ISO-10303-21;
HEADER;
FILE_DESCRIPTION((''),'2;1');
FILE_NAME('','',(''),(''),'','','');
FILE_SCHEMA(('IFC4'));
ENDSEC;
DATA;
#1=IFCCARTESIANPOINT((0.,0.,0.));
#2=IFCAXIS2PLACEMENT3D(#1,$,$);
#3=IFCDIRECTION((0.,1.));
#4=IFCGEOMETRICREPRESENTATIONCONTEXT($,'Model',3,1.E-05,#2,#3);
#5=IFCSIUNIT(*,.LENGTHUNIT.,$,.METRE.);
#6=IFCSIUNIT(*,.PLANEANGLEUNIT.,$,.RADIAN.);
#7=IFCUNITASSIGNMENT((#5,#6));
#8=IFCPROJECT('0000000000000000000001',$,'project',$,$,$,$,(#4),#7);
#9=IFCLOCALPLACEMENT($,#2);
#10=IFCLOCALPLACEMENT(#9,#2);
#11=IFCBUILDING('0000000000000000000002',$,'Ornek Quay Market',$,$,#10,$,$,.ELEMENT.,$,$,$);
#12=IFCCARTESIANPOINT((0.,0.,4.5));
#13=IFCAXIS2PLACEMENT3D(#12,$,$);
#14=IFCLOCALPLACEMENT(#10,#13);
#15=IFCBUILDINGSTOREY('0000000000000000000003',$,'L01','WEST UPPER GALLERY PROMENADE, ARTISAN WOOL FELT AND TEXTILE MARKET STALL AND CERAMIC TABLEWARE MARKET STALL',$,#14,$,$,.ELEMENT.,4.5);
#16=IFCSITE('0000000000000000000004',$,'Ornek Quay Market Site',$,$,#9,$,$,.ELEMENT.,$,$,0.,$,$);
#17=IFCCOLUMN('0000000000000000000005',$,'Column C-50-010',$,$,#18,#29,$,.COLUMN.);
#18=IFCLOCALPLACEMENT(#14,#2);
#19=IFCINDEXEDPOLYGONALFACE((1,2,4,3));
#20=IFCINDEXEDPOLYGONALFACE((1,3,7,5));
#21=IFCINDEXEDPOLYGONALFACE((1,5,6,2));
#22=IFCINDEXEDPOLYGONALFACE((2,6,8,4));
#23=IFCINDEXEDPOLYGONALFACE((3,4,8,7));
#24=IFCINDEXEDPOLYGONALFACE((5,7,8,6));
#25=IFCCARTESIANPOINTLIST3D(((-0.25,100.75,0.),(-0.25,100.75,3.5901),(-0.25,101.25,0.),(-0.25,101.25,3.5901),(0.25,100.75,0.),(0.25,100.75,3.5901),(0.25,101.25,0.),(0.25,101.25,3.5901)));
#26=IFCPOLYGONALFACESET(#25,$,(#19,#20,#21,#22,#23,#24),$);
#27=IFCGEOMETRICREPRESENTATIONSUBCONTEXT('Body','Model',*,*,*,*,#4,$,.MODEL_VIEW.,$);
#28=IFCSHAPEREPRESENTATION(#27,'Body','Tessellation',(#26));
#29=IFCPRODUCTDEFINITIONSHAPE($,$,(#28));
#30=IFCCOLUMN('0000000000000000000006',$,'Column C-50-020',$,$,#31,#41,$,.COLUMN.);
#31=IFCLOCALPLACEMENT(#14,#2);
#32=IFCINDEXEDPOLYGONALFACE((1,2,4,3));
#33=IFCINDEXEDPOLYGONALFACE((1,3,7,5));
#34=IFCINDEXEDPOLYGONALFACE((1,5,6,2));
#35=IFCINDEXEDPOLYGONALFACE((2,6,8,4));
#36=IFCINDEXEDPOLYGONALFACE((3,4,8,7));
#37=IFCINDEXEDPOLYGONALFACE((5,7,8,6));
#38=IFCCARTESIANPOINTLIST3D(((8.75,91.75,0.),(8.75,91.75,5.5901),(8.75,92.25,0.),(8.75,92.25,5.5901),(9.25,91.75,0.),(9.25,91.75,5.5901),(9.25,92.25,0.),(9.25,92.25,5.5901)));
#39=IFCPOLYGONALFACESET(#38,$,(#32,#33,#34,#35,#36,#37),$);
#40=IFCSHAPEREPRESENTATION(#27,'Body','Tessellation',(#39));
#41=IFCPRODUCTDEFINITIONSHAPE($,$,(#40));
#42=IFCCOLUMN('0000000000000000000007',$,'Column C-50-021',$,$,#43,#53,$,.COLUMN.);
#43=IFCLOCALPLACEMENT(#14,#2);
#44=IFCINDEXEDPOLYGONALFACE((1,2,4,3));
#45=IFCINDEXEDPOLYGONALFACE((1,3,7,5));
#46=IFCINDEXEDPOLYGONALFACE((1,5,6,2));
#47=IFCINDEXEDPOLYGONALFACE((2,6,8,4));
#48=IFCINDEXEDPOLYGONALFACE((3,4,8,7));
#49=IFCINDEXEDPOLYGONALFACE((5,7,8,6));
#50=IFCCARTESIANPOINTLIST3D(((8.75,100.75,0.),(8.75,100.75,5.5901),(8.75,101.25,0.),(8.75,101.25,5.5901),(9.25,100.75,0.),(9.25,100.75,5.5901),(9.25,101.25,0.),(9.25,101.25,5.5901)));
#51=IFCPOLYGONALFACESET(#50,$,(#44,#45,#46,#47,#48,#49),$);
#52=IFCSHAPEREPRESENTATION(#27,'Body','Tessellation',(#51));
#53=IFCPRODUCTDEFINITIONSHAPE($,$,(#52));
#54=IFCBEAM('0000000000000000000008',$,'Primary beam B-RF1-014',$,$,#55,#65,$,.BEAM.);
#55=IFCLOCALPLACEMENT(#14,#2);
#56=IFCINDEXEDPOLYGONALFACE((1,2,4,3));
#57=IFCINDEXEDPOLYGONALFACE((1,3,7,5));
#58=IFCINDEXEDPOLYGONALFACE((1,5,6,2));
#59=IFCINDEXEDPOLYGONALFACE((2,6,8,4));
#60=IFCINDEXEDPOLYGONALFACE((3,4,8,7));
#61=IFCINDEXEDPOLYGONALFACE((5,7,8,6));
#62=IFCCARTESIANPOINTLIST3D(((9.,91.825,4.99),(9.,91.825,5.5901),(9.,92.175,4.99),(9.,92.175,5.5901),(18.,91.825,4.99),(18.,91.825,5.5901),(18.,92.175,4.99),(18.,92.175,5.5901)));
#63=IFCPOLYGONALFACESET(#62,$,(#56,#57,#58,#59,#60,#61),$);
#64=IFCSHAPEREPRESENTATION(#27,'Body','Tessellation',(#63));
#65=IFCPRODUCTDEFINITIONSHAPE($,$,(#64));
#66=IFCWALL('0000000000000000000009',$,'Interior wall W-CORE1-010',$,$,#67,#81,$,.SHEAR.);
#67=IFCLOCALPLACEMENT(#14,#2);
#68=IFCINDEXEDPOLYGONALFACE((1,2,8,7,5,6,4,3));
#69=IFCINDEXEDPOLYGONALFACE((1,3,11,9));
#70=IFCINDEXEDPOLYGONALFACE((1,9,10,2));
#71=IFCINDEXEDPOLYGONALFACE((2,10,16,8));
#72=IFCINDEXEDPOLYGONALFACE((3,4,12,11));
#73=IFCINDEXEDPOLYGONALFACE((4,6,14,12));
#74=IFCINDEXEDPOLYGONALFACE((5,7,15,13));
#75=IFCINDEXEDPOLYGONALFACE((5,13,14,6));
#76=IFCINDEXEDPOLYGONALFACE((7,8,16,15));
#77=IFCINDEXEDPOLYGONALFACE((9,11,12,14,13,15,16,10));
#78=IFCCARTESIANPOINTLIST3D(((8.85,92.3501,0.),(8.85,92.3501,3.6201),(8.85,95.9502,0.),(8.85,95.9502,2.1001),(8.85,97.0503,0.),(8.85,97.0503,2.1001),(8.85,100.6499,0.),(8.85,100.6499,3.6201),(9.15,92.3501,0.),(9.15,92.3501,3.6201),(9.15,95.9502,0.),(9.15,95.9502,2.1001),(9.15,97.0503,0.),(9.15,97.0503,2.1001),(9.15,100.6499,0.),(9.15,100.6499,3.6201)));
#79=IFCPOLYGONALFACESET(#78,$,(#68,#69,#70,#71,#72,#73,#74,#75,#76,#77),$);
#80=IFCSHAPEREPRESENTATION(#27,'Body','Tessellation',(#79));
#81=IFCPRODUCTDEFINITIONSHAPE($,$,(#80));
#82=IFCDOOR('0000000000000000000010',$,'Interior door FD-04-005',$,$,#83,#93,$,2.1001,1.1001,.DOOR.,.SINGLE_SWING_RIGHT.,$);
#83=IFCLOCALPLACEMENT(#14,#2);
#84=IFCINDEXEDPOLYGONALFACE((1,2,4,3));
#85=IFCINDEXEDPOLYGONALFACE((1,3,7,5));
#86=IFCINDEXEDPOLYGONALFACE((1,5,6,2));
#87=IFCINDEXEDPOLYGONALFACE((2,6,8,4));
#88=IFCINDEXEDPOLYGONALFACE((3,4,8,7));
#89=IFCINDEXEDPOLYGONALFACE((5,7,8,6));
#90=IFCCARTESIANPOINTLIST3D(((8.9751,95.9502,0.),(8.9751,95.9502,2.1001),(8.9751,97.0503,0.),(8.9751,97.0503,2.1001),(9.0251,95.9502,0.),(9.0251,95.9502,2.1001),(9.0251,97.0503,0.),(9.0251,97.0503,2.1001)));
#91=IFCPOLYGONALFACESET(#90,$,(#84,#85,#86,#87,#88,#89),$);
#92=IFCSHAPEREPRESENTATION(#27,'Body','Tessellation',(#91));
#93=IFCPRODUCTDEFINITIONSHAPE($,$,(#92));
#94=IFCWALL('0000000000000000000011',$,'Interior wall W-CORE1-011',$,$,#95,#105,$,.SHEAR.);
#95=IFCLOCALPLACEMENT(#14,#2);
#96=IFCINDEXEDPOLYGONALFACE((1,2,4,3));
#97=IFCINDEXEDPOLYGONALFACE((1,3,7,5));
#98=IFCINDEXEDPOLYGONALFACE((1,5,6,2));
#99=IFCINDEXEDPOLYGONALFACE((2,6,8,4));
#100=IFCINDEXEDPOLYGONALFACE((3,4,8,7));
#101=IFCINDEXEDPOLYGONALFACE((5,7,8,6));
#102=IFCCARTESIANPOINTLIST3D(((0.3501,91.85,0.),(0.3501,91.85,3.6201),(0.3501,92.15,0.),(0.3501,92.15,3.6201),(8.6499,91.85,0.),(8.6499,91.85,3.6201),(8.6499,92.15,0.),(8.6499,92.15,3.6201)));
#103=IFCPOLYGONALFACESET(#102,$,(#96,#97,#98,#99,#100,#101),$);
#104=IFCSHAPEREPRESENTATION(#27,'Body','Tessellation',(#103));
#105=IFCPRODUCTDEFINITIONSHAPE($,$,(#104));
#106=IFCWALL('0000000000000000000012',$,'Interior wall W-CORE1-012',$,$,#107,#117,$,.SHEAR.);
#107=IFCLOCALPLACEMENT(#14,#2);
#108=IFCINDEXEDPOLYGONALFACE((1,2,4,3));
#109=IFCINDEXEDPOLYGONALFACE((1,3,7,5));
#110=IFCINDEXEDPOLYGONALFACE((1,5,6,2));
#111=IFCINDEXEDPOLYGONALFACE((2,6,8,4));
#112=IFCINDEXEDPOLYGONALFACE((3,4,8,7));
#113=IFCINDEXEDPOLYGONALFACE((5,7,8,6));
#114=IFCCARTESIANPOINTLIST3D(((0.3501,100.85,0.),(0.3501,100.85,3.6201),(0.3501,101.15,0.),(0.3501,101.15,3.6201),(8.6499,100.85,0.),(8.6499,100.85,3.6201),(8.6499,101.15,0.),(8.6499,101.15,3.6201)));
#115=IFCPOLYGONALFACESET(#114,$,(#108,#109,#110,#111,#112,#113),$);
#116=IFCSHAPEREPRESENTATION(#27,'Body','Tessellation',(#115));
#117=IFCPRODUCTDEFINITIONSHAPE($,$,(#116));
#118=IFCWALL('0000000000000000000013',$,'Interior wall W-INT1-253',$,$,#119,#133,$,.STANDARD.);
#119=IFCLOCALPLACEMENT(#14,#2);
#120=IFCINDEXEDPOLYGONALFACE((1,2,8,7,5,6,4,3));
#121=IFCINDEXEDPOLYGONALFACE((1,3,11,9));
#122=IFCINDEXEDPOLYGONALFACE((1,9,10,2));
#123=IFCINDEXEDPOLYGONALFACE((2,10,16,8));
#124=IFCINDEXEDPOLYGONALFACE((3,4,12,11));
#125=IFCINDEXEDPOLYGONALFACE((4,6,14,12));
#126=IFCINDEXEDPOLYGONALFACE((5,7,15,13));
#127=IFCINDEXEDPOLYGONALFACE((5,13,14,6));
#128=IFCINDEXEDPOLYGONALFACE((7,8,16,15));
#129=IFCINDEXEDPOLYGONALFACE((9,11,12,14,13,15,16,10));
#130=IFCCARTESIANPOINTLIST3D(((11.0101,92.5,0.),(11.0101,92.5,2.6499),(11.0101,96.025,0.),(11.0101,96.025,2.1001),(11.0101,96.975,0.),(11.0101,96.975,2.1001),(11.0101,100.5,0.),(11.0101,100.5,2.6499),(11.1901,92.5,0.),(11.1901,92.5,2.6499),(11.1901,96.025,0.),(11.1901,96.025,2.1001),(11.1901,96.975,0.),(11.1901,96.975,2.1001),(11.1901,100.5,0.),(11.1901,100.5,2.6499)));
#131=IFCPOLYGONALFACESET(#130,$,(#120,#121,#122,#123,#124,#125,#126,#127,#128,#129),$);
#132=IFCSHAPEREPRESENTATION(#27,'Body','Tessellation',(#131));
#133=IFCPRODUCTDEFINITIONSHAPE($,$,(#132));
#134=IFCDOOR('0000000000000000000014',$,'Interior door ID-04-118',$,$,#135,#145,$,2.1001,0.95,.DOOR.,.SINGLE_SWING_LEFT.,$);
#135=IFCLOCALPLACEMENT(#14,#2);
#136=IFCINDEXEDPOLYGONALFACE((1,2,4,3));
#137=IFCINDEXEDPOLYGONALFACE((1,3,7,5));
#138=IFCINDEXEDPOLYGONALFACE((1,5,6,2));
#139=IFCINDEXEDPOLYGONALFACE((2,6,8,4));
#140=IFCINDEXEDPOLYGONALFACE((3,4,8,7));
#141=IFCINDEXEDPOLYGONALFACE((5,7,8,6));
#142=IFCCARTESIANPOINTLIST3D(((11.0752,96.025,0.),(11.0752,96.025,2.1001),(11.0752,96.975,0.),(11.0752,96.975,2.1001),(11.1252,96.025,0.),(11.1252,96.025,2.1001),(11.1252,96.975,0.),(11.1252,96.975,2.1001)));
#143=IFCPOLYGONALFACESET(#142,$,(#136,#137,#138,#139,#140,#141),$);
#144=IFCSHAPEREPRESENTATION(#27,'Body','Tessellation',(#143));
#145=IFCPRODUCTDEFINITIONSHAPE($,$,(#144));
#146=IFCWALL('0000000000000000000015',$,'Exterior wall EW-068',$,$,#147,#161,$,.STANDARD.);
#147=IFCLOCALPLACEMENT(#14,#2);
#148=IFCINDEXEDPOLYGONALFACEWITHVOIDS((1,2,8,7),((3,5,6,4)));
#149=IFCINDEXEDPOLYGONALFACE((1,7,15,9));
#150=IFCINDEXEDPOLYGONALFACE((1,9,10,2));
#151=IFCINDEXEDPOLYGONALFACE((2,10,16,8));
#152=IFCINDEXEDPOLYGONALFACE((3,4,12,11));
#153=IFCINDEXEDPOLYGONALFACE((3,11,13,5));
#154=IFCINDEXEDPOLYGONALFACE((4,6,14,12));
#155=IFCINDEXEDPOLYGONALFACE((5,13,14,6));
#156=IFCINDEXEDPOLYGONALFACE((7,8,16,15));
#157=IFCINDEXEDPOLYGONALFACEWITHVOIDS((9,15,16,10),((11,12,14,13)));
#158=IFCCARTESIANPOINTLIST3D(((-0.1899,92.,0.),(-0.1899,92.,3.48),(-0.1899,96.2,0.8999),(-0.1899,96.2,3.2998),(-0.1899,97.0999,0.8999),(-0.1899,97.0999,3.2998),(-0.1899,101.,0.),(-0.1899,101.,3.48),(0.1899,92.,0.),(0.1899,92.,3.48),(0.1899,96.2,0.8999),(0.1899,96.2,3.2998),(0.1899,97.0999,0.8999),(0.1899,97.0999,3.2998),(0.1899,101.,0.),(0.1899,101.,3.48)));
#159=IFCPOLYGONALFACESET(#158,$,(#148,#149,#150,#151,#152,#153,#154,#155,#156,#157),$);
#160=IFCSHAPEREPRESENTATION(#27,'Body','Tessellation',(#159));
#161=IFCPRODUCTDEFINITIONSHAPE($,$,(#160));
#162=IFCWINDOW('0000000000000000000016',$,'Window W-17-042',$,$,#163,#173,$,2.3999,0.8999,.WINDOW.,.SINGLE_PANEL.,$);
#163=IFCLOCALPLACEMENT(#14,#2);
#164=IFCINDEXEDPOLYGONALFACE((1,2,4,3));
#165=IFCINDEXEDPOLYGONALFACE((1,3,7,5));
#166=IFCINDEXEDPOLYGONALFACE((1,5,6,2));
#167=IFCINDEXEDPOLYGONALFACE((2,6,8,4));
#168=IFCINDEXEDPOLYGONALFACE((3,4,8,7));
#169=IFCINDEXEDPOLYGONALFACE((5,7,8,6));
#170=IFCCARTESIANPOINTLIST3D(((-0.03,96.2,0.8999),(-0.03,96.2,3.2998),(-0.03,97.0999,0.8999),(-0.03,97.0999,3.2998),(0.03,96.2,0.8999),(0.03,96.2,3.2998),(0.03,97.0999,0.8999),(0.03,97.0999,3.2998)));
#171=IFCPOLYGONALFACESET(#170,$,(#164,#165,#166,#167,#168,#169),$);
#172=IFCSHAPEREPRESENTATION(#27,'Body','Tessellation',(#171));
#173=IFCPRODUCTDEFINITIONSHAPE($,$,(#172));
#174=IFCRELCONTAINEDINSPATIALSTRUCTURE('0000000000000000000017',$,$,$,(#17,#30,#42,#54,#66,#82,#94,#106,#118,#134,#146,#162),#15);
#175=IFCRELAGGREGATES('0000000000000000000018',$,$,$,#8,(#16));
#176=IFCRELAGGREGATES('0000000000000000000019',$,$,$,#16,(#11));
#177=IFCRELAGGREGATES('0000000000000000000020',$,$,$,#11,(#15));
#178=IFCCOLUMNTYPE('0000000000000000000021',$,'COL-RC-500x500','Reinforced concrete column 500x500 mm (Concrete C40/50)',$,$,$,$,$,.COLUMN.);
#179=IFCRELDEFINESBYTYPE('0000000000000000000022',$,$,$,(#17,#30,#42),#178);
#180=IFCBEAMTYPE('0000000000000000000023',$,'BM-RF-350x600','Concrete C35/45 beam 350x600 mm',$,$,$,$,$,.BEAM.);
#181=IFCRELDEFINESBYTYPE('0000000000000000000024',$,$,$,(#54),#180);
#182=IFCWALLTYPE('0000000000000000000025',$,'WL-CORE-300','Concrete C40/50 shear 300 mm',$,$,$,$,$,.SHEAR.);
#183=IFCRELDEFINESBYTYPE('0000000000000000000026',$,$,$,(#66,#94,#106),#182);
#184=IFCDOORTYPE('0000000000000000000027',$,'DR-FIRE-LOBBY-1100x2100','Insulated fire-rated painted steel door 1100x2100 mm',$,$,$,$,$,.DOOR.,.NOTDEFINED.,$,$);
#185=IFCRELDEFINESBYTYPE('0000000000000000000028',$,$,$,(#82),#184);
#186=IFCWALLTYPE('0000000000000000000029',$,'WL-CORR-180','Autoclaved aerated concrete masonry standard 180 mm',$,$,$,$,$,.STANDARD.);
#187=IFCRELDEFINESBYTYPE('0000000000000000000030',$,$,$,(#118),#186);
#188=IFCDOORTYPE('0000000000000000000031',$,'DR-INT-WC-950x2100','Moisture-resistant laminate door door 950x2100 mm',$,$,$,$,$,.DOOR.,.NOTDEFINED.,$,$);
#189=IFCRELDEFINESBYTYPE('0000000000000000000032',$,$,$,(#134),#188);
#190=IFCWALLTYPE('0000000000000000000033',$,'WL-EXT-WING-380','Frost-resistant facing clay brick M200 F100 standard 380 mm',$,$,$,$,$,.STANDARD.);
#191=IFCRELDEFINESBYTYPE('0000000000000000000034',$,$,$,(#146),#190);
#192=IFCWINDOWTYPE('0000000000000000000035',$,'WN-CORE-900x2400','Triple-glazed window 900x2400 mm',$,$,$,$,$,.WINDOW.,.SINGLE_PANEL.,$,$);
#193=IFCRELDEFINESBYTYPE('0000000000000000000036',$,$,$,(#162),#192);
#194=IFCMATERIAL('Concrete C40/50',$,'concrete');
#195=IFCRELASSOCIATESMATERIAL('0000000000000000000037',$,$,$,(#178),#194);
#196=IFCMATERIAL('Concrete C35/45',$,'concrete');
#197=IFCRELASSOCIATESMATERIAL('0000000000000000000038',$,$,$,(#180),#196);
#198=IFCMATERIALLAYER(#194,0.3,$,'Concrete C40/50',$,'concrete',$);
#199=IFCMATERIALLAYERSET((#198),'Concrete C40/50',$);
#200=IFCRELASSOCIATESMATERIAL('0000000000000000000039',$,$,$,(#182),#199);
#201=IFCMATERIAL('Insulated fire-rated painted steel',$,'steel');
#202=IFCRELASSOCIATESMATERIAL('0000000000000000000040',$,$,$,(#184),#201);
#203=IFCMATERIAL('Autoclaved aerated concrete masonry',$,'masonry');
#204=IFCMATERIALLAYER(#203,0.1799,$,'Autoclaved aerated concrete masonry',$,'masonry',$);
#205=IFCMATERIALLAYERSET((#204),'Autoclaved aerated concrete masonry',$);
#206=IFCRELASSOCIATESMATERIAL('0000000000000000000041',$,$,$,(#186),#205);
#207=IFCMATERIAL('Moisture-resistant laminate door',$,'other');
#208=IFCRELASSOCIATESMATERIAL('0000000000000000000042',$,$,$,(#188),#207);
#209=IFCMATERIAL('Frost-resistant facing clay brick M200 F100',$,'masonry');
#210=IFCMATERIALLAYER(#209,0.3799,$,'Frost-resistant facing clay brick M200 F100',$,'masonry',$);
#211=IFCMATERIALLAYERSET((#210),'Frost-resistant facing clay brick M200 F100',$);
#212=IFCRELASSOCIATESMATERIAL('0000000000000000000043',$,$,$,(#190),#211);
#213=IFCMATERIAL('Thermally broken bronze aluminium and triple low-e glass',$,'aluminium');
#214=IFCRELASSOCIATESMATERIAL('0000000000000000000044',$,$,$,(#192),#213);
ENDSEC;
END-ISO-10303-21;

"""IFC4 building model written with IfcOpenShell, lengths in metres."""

from ifc_helpers import new_model, si_unit, direction, frame, frame_2d, origin, origin_2d, place, context, subcontext, project, spatial, rectangle, extrude, material, layer, layer_set, material_profile, profile_set, type_object, element, fill, save


model = new_model("IFC4")

# Units and contexts
model_context = context("Model", 3, precision=1e-05, world=origin(), true_north=direction((0.0, 1.0)))
body_context = subcontext(model_context, "Body", "Model", "MODEL_VIEW")
ifc_project = project(units=[si_unit("LENGTHUNIT", "METRE"), si_unit("PLANEANGLEUNIT", "RADIAN")], contexts=[model_context])

# Site, building, storey
site_placement = place(None, origin())
site = spatial("IfcSite", under=ifc_project, at=site_placement, Name="Ornek Quay Market Site", CompositionType="ELEMENT", RefElevation=0.0)
building_placement = place(site_placement, origin())
building = spatial("IfcBuilding", under=site, at=building_placement, Name="Ornek Quay Market", CompositionType="ELEMENT")
storey_placement = place(building_placement, frame((0.0, 0.0, 4.5)))
storey = spatial("IfcBuildingStorey", under=building, at=storey_placement, Name="L01", Description="WEST UPPER GALLERY PROMENADE, ARTISAN WOOL FELT AND TEXTILE MARKET STALL AND CERAMIC TABLEWARE MARKET STALL", CompositionType="ELEMENT", Elevation=4.5)

# Columns
ifc_material_1 = material(Name="Concrete C40/50", Category="concrete")
ifc_material_profile_1 = material_profile(ifc_material_1, rectangle(XDim=0.5, YDim=0.5, at=origin_2d()), Name="RC 500x500", Category="concrete")
ifc_profile_set_1 = profile_set([ifc_material_profile_1], Name="Concrete C40/50")
column_type = type_object("IfcColumnType", Name="COL-RC-500x500", Description="Reinforced concrete column 500x500 mm (Concrete C40/50)", PredefinedType="COLUMN", material=ifc_profile_set_1)
column_placement = place(storey_placement, frame((0.0, 101.0, 0.0), z_axis=(0.0, 0.0, 1.0), x_axis=(1.0, 0.0, 0.0)))
element("IfcColumn", 1, at=column_placement, inside=storey, type_object=column_type, Name="Column C-50-010", PredefinedType="COLUMN", context=body_context, shape_type="SweptSolid", body=[
    extrude(rectangle(XDim=0.5, YDim=0.5, at=origin_2d()), origin(), (0.0, 0.0, 1.0), 3.5901),
])
for number, where, z_axis, x_axis, name in (
    (2, (9.0, 92.0, 0.0), (0.0, 0.0, 1.0), (1.0, 0.0, 0.0), "Column C-50-020"),
    (3, (9.0, 101.0, 0.0), (0.0, 0.0, 1.0), (1.0, 0.0, 0.0), "Column C-50-021"),
):
    element("IfcColumn", number, at=place(storey_placement, frame(where, z_axis=z_axis, x_axis=x_axis)), inside=storey, type_object=column_type, Name=name, PredefinedType="COLUMN", context=body_context, shape_type="SweptSolid", body=[
        extrude(rectangle(XDim=0.5, YDim=0.5, at=origin_2d()), origin(), (0.0, 0.0, 1.0), 5.5901),
    ])

# Beam
ifc_material_2 = material(Name="Concrete C35/45", Category="concrete")
ifc_material_profile_2 = material_profile(ifc_material_2, rectangle(XDim=0.3501, YDim=0.6001, at=origin_2d()), Name="RC 350x600", Category="concrete")
ifc_profile_set_2 = profile_set([ifc_material_profile_2], Name="Concrete C35/45")
beam_type = type_object("IfcBeamType", Name="BM-RF-350x600", Description="Concrete C35/45 beam 350x600 mm", PredefinedType="BEAM", material=ifc_profile_set_2)
beam_placement = place(storey_placement, frame((9.0, 92.0, 5.29), z_axis=(1.0, 0.0, 0.0), x_axis=(0.0, 1.0, 0.0)))
element("IfcBeam", 4, at=beam_placement, inside=storey, type_object=beam_type, Name="Primary beam B-RF1-014", PredefinedType="BEAM", context=body_context, shape_type="SweptSolid", body=[
    extrude(rectangle(XDim=0.3501, YDim=0.6001, at=origin_2d()), origin(), (0.0, 0.0, 1.0), 9.0),
])

# Wall, opening, door
ifc_layer_1 = layer(ifc_material_1, 0.3, Name="Concrete C40/50", Category="concrete")
ifc_layer_set_1 = layer_set([ifc_layer_1], Name="Concrete C40/50")
wall_type_1 = type_object("IfcWallType", Name="WL-CORE-300", Description="Concrete C40/50 shear 300 mm", PredefinedType="SHEAR", material=ifc_layer_set_1)
ifc_material_3 = material(Name="Insulated fire-rated painted steel", Category="steel")
wall_1_placement = place(storey_placement, frame((9.0, 92.3501, 0.0), z_axis=(0.0, 0.0, 1.0), x_axis=(0.0, 1.0, 0.0)))
wall_1 = element("IfcWall", 5, at=wall_1_placement, inside=storey, type_object=wall_type_1, Name="Interior wall W-CORE1-010", PredefinedType="SHEAR", context=body_context, shape_type="SweptSolid", body=[
    extrude(rectangle(XDim=8.2998, YDim=0.3, at=frame_2d((4.1499, 0.0))), origin(), (0.0, 0.0, 1.0), 3.6201),
])
opening_1_placement = place(wall_1_placement, frame((3.6001, 0.0, 0.0)))
opening_1 = element("IfcOpeningElement", 6, at=opening_1_placement, cuts=wall_1, PredefinedType="OPENING", context=body_context, shape_type="SweptSolid", body=[
    extrude(rectangle(XDim=1.1001, YDim=2.1001, at=frame_2d((0.55, 1.05))), frame((0.0, 0.1599, 0.0), z_axis=(0.0, -1.0, 0.0), x_axis=(1.0, 0.0, 0.0)), (0.0, 0.0, 1.0), 0.3201),
])
door_type_1 = type_object("IfcDoorType", Name="DR-FIRE-LOBBY-1100x2100", Description="Insulated fire-rated painted steel door 1100x2100 mm", OperationType="NOTDEFINED", PredefinedType="DOOR", material=ifc_material_3)
door_1_placement = place(opening_1_placement, origin())
door_1 = element("IfcDoor", 7, at=door_1_placement, inside=storey, type_object=door_type_1, Name="Interior door FD-04-005", OperationType="SINGLE_SWING_RIGHT", OverallHeight=2.1001, OverallWidth=1.1001, PredefinedType="DOOR", context=body_context, shape_type="SweptSolid", body=[
    extrude(rectangle(XDim=1.1001, YDim=2.1001, at=frame_2d((0.55, 1.05))), frame((0.0, 0.0249, 0.0), z_axis=(0.0, -1.0, 0.0), x_axis=(1.0, 0.0, 0.0)), (0.0, 0.0, 1.0), 0.05),
])
fill(opening_1, door_1)

# Walls
for number, where, z_axis, x_axis, name in (
    (8, (0.3501, 92.0, 0.0), (0.0, 0.0, 1.0), (1.0, 0.0, 0.0), "Interior wall W-CORE1-011"),
    (9, (0.3501, 101.0, 0.0), (0.0, 0.0, 1.0), (1.0, 0.0, 0.0), "Interior wall W-CORE1-012"),
):
    element("IfcWall", number, at=place(storey_placement, frame(where, z_axis=z_axis, x_axis=x_axis)), inside=storey, type_object=wall_type_1, Name=name, PredefinedType="SHEAR", context=body_context, shape_type="SweptSolid", body=[
        extrude(rectangle(XDim=8.2998, YDim=0.3, at=frame_2d((4.1499, 0.0))), origin(), (0.0, 0.0, 1.0), 3.6201),
    ])

# Wall, opening, door
ifc_material_4 = material(Name="Autoclaved aerated concrete masonry", Category="masonry")
ifc_layer_2 = layer(ifc_material_4, 0.1799, Name="Autoclaved aerated concrete masonry", Category="masonry")
ifc_layer_set_2 = layer_set([ifc_layer_2], Name="Autoclaved aerated concrete masonry")
wall_type_2 = type_object("IfcWallType", Name="WL-CORR-180", Description="Autoclaved aerated concrete masonry standard 180 mm", PredefinedType="STANDARD", material=ifc_layer_set_2)
wall_2_placement = place(storey_placement, frame((11.1001, 92.5, 0.0), z_axis=(0.0, 0.0, 1.0), x_axis=(0.0, 1.0, 0.0)))
wall_2 = element("IfcWall", 10, at=wall_2_placement, inside=storey, type_object=wall_type_2, Name="Interior wall W-INT1-253", PredefinedType="STANDARD", context=body_context, shape_type="SweptSolid", body=[
    extrude(rectangle(XDim=8.0, YDim=0.1799, at=frame_2d((4.0, 0.0))), origin(), (0.0, 0.0, 1.0), 2.6499),
])
opening_2_placement = place(wall_2_placement, frame((3.5249, 0.0, 0.0)))
opening_2 = element("IfcOpeningElement", 11, at=opening_2_placement, cuts=wall_2, PredefinedType="OPENING", context=body_context, shape_type="SweptSolid", body=[
    extrude(rectangle(XDim=0.95, YDim=2.1001, at=frame_2d((0.4751, 1.05))), frame((0.0, 0.0999, 0.0), z_axis=(0.0, -1.0, 0.0), x_axis=(1.0, 0.0, 0.0)), (0.0, 0.0, 1.0), 0.2),
])
ifc_material_5 = material(Name="Moisture-resistant laminate door", Category="other")
door_type_2 = type_object("IfcDoorType", Name="DR-INT-WC-950x2100", Description="Moisture-resistant laminate door door 950x2100 mm", OperationType="NOTDEFINED", PredefinedType="DOOR", material=ifc_material_5)
door_2_placement = place(opening_2_placement, origin())
door_2 = element("IfcDoor", 12, at=door_2_placement, inside=storey, type_object=door_type_2, Name="Interior door ID-04-118", OperationType="SINGLE_SWING_LEFT", OverallHeight=2.1001, OverallWidth=0.95, PredefinedType="DOOR", context=body_context, shape_type="SweptSolid", body=[
    extrude(rectangle(XDim=0.95, YDim=2.1001, at=frame_2d((0.4751, 1.05))), frame((0.0, 0.0249, 0.0), z_axis=(0.0, -1.0, 0.0), x_axis=(1.0, 0.0, 0.0)), (0.0, 0.0, 1.0), 0.05),
])
fill(opening_2, door_2)

# Wall, opening, window
ifc_material_6 = material(Name="Frost-resistant facing clay brick M200 F100", Category="masonry")
ifc_layer_3 = layer(ifc_material_6, 0.3799, Name="Frost-resistant facing clay brick M200 F100", Category="masonry")
ifc_layer_set_3 = layer_set([ifc_layer_3], Name="Frost-resistant facing clay brick M200 F100")
wall_type_3 = type_object("IfcWallType", Name="WL-EXT-WING-380", Description="Frost-resistant facing clay brick M200 F100 standard 380 mm", PredefinedType="STANDARD", material=ifc_layer_set_3)
wall_3_placement = place(storey_placement, frame((0.0, 92.0, 0.0), z_axis=(0.0, 0.0, 1.0), x_axis=(0.0, 1.0, 0.0)))
wall_3 = element("IfcWall", 13, at=wall_3_placement, inside=storey, type_object=wall_type_3, Name="Exterior wall EW-068", PredefinedType="STANDARD", context=body_context, shape_type="SweptSolid", body=[
    extrude(rectangle(XDim=9.0, YDim=0.3799, at=frame_2d((4.5, 0.0))), origin(), (0.0, 0.0, 1.0), 3.48),
])
opening_3_placement = place(wall_3_placement, frame((4.2, 0.0, 0.8999)))
opening_3 = element("IfcOpeningElement", 14, at=opening_3_placement, cuts=wall_3, PredefinedType="OPENING", context=body_context, shape_type="SweptSolid", body=[
    extrude(rectangle(XDim=0.8999, YDim=2.3999, at=frame_2d((0.45, 1.2))), frame((0.0, 0.2, 0.0), z_axis=(0.0, -1.0, 0.0), x_axis=(1.0, 0.0, 0.0)), (0.0, 0.0, 1.0), 0.3999),
])
ifc_material_7 = material(Name="Thermally broken bronze aluminium and triple low-e glass", Category="aluminium")
window_type_1 = type_object("IfcWindowType", Name="WN-CORE-900x2400", Description="Triple-glazed window 900x2400 mm", PartitioningType="SINGLE_PANEL", PredefinedType="WINDOW", material=ifc_material_7)
window_1_placement = place(opening_3_placement, origin())
window_1 = element("IfcWindow", 15, at=window_1_placement, inside=storey, type_object=window_type_1, Name="Window W-17-042", OverallHeight=2.3999, OverallWidth=0.8999, PartitioningType="SINGLE_PANEL", PredefinedType="WINDOW", context=body_context, shape_type="SweptSolid", body=[
    extrude(rectangle(XDim=0.8999, YDim=2.3999, at=frame_2d((0.45, 1.2))), frame((0.0, 0.03, 0.0), z_axis=(0.0, -1.0, 0.0), x_axis=(1.0, 0.0, 0.0)), (0.0, 0.0, 1.0), 0.0601),
])
fill(opening_3, window_1)

save(model, "model.ifc")
